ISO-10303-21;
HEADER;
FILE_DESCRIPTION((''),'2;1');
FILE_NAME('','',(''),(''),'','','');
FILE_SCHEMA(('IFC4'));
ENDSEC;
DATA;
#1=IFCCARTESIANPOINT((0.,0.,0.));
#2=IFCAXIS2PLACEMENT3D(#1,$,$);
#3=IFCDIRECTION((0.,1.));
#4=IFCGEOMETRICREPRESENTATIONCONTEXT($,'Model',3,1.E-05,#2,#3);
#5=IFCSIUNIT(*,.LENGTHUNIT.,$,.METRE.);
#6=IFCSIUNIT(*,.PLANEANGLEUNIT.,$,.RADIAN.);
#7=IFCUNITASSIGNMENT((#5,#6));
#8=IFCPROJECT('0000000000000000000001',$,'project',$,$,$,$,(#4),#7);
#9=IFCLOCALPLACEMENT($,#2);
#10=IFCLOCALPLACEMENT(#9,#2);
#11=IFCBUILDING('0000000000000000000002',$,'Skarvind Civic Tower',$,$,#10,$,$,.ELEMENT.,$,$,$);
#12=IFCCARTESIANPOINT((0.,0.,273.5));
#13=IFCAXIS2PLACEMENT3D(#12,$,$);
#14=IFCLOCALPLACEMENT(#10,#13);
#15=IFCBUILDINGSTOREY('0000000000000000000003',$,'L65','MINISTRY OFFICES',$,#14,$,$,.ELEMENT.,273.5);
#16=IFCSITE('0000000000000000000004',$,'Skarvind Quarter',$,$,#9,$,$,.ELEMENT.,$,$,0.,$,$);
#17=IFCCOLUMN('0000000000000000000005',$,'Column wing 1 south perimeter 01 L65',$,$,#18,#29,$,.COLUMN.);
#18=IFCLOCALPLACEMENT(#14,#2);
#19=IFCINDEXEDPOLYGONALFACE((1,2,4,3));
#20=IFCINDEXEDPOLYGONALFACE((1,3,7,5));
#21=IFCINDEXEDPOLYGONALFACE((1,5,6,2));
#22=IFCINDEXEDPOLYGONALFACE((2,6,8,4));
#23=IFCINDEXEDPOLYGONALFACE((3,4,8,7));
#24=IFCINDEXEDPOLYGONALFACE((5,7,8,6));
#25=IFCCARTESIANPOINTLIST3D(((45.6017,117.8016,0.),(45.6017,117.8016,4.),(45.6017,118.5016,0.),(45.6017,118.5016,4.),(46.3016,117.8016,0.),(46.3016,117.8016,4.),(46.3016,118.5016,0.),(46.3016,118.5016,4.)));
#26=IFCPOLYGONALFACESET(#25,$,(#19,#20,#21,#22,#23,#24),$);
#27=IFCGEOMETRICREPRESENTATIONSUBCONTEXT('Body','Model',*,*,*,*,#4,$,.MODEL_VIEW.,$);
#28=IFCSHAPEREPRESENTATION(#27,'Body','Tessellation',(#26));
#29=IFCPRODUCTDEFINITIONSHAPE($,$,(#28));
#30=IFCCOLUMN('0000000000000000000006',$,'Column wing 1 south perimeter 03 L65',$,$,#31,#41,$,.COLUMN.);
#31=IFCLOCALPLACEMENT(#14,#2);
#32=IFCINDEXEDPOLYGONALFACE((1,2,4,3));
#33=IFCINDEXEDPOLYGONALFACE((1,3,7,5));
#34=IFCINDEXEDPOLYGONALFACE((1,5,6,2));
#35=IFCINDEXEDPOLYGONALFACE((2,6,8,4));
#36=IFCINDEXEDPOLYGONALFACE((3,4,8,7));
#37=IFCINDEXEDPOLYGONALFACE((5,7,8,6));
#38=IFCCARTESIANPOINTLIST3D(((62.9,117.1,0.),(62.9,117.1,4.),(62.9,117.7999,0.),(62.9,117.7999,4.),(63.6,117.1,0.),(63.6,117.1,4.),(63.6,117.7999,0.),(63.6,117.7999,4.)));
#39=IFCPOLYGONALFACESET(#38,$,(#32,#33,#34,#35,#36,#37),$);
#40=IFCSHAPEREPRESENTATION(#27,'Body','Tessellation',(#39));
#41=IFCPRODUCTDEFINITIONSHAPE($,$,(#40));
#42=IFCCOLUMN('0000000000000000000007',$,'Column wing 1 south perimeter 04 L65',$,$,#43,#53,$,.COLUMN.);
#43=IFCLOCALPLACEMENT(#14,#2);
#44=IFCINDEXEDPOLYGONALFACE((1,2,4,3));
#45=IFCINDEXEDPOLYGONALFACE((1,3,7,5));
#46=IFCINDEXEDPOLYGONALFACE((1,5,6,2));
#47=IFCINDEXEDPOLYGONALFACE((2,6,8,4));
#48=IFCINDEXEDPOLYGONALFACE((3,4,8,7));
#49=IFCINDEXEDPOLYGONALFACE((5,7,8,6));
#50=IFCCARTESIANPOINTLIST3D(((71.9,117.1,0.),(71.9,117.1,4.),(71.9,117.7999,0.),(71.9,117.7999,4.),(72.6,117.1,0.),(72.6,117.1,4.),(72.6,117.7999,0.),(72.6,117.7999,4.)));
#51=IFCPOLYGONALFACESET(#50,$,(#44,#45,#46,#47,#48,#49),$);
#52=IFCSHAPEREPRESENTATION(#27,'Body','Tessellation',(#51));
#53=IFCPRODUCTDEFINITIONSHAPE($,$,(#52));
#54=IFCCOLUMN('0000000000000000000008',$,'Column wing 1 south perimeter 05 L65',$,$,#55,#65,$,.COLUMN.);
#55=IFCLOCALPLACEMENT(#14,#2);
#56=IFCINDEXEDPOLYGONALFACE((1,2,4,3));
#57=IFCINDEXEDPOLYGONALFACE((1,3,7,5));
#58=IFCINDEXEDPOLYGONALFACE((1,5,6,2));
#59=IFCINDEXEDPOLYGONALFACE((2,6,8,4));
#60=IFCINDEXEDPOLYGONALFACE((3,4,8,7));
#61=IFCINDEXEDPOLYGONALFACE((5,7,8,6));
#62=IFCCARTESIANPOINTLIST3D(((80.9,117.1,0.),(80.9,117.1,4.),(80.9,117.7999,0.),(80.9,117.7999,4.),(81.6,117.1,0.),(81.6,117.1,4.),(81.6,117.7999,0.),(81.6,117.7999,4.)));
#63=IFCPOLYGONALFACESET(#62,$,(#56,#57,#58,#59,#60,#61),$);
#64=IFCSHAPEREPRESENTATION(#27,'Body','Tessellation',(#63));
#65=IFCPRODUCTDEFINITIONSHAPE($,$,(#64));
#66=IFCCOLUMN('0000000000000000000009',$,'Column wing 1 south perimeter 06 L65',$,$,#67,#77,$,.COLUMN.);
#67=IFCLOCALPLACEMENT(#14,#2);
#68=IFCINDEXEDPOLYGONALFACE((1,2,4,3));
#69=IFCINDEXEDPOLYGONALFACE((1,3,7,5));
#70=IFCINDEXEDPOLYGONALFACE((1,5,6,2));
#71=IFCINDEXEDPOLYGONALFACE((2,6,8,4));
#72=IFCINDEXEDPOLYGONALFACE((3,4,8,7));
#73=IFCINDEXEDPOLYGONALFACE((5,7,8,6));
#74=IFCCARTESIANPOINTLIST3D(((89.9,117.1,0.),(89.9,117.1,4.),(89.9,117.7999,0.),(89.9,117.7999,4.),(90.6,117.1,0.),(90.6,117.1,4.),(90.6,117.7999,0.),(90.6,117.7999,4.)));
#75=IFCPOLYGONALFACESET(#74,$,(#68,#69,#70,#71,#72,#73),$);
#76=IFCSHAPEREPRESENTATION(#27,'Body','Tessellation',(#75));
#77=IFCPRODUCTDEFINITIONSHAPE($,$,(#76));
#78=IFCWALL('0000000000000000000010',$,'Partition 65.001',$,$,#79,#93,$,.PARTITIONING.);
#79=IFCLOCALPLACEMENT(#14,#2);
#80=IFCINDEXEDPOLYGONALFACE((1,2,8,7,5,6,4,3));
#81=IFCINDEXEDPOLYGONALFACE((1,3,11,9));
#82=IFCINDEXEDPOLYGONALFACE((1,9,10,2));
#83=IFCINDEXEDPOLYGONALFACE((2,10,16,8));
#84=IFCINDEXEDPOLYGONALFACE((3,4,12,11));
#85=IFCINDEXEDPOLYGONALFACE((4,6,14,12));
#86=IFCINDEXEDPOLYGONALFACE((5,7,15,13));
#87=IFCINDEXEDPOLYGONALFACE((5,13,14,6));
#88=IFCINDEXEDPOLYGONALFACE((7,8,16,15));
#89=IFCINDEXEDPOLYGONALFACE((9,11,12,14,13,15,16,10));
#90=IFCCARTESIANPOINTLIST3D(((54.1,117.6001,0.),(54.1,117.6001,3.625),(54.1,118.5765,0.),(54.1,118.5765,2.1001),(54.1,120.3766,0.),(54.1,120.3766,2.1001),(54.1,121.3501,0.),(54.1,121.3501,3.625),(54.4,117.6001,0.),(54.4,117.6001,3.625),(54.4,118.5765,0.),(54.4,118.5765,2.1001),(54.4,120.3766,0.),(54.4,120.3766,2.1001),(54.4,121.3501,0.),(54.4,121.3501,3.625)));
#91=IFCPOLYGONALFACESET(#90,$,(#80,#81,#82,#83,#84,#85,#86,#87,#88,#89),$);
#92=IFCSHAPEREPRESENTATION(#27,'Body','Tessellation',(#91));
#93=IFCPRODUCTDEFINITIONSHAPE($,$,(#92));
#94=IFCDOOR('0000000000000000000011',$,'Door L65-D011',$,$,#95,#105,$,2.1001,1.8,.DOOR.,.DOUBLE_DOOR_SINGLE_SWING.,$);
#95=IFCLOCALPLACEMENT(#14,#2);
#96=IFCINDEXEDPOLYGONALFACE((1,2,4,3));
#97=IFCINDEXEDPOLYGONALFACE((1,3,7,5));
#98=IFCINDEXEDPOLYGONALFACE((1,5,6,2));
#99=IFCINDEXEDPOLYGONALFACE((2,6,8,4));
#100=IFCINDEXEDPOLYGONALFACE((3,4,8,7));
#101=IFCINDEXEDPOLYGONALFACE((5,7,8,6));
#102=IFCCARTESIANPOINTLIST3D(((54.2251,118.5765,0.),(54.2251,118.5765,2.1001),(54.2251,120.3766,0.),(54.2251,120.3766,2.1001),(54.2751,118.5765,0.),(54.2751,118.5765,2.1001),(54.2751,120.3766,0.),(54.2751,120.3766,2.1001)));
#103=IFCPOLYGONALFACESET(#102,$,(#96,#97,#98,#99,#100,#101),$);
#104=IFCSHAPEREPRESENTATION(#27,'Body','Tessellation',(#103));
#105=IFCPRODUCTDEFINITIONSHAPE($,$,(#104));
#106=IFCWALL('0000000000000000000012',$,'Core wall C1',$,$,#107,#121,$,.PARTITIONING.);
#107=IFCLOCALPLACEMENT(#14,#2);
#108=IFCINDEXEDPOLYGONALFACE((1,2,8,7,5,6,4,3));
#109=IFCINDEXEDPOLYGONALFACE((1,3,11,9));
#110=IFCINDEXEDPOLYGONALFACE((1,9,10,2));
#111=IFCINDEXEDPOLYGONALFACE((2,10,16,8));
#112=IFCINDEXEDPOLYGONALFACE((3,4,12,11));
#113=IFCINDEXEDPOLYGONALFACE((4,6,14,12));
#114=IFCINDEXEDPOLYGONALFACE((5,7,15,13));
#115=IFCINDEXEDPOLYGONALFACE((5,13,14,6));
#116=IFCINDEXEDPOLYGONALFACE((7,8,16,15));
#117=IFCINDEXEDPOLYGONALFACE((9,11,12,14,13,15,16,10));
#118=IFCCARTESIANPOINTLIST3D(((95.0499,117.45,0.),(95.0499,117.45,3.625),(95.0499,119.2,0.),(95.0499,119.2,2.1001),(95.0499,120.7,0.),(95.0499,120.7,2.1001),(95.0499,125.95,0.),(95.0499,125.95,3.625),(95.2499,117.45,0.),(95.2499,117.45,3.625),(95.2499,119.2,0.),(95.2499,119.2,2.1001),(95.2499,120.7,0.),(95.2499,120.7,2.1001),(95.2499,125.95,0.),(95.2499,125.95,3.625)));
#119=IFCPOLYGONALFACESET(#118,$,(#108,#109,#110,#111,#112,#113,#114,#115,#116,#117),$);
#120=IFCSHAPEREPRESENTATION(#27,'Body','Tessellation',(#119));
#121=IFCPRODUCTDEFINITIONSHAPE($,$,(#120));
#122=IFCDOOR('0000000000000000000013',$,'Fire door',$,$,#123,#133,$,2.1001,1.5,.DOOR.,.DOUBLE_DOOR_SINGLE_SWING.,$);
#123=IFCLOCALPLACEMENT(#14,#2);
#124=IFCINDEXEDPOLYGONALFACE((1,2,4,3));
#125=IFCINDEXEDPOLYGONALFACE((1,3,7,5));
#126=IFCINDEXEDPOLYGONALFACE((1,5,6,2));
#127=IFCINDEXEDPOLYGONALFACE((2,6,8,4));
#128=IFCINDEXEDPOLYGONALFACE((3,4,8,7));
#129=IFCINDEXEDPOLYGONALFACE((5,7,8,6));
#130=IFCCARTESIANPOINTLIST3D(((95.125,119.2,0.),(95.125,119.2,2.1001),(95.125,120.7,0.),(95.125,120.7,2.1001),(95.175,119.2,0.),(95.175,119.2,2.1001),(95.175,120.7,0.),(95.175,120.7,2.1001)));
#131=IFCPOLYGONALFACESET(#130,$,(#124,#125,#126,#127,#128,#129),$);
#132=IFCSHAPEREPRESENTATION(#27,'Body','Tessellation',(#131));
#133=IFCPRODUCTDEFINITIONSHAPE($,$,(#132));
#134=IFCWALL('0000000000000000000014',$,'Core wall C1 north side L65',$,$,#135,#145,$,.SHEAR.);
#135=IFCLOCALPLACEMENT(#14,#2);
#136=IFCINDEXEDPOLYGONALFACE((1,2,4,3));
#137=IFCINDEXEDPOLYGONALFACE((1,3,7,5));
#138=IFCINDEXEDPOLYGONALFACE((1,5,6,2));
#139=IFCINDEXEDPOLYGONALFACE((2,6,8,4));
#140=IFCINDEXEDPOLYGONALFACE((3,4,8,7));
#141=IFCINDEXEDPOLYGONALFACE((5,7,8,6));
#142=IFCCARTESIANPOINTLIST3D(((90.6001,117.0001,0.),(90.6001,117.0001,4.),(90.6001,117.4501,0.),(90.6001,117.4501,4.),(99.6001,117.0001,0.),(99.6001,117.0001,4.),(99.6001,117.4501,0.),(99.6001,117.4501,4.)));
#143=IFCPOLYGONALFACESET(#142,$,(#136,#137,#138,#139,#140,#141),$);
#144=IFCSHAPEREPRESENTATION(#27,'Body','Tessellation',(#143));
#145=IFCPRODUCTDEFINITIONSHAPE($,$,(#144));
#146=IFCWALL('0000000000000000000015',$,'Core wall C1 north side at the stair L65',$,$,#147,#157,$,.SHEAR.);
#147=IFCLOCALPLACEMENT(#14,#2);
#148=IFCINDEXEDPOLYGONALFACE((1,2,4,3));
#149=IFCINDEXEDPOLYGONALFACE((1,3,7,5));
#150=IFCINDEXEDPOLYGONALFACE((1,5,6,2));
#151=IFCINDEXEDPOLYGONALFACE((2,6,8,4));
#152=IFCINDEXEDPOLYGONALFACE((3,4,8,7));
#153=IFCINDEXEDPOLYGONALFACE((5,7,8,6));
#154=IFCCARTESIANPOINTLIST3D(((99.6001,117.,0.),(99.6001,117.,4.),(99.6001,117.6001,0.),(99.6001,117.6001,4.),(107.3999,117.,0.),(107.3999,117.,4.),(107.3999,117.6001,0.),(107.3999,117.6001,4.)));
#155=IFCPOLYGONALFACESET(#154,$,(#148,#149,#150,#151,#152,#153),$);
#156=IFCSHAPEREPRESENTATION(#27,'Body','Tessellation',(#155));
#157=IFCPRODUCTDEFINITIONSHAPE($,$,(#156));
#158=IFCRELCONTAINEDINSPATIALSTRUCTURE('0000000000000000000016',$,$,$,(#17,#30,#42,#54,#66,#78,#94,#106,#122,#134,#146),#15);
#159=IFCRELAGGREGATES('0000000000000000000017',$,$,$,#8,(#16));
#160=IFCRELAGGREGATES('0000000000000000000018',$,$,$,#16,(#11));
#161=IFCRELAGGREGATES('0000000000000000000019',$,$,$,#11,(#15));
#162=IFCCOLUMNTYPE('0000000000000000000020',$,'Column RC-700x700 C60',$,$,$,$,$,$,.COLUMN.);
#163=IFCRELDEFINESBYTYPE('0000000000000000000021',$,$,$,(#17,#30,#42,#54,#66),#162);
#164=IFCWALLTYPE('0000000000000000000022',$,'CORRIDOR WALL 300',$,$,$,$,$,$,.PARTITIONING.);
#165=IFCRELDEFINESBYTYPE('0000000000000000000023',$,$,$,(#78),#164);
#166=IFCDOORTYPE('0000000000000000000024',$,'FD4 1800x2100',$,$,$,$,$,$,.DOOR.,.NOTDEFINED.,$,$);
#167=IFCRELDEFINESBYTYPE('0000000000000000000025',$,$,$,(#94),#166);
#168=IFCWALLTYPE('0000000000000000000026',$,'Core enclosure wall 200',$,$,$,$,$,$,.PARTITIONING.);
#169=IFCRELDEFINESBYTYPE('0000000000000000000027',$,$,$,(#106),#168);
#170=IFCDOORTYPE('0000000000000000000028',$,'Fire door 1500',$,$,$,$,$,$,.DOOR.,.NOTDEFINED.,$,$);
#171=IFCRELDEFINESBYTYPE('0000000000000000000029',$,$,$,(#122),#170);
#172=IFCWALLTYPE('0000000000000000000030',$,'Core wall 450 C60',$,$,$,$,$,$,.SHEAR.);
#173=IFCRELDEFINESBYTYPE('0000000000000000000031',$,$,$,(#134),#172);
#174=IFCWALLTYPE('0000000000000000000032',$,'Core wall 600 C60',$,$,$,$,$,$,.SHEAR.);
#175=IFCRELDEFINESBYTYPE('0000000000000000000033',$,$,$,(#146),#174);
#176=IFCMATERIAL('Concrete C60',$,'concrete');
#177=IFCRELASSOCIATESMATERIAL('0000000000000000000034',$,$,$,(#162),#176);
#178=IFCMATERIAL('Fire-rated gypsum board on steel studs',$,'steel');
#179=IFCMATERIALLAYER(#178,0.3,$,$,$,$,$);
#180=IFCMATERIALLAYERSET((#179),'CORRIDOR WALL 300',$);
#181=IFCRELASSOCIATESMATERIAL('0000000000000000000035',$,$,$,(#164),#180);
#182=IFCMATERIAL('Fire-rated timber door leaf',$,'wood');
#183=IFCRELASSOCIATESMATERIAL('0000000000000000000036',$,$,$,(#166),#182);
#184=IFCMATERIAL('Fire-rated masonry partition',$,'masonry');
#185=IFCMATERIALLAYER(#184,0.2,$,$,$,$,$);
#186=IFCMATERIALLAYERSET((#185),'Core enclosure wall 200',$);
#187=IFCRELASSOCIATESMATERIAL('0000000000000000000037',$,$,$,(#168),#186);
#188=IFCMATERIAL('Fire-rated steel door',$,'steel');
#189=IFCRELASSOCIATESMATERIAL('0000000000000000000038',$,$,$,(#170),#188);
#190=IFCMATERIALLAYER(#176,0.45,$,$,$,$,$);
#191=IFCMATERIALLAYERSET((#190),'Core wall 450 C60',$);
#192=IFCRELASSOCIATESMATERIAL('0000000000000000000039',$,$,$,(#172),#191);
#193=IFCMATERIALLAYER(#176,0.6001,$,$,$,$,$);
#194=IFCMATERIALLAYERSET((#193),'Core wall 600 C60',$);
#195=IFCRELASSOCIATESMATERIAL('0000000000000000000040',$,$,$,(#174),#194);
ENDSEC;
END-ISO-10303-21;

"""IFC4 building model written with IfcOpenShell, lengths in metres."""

from ifc_helpers import new_model, si_unit, direction, frame, frame_2d, origin, origin_2d, place, context, subcontext, project, spatial, rectangle, extrude, material, layer, layer_set, material_profile, profile_set, type_object, element, fill, save


model = new_model("IFC4")

# Units and contexts
model_context = context("Model", 3, precision=1e-05, world=origin(), true_north=direction((0.0, 1.0)))
body_context = subcontext(model_context, "Body", "Model", "MODEL_VIEW")
ifc_project = project(units=[si_unit("LENGTHUNIT", "METRE"), si_unit("PLANEANGLEUNIT", "RADIAN")], contexts=[model_context])

# Site, building, storey
site_placement = place(None, origin())
site = spatial("IfcSite", under=ifc_project, at=site_placement, Name="Skarvind Quarter", CompositionType="ELEMENT", RefElevation=0.0)
building_placement = place(site_placement, origin())
building = spatial("IfcBuilding", under=site, at=building_placement, Name="Skarvind Civic Tower", CompositionType="ELEMENT")
storey_placement = place(building_placement, frame((0.0, 0.0, 273.5)))
storey = spatial("IfcBuildingStorey", under=building, at=storey_placement, Name="L65", Description="MINISTRY OFFICES", CompositionType="ELEMENT", Elevation=273.5)

# Columns
ifc_material_1 = material(Name="Concrete C60", Category="concrete")
ifc_material_profile_1 = material_profile(ifc_material_1, rectangle(XDim=0.7, YDim=0.7, at=origin_2d()), Name="RC-700x700")
ifc_profile_set_1 = profile_set([ifc_material_profile_1], Name="Concrete C60")
column_type = type_object("IfcColumnType", Name="Column RC-700x700 C60", PredefinedType="COLUMN", material=ifc_profile_set_1)
for number, where, z_axis, x_axis, name in (
    (1, (45.9517, 118.1516, 0.0), (0.0, 0.0, 1.0), (1.0, 0.0, 0.0), "Column wing 1 south perimeter 01 L65"),
    (2, (63.25, 117.45, 0.0), (0.0, 0.0, 1.0), (1.0, 0.0, 0.0), "Column wing 1 south perimeter 03 L65"),
    (3, (72.25, 117.45, 0.0), (0.0, 0.0, 1.0), (1.0, 0.0, 0.0), "Column wing 1 south perimeter 04 L65"),
    (4, (81.25, 117.45, 0.0), (0.0, 0.0, 1.0), (1.0, 0.0, 0.0), "Column wing 1 south perimeter 05 L65"),
    (5, (90.25, 117.45, 0.0), (0.0, 0.0, 1.0), (1.0, 0.0, 0.0), "Column wing 1 south perimeter 06 L65"),
):
    element("IfcColumn", number, at=place(storey_placement, frame(where, z_axis=z_axis, x_axis=x_axis)), inside=storey, type_object=column_type, Name=name, PredefinedType="COLUMN", context=body_context, shape_type="SweptSolid", body=[
        extrude(rectangle(XDim=0.7, YDim=0.7, at=origin_2d()), origin(), (0.0, 0.0, 1.0), 4.0),
    ])

# Walls, openings, doors
ifc_material_2 = material(Name="Fire-rated gypsum board on steel studs", Category="steel")
ifc_layer_1 = layer(ifc_material_2, 0.3)
ifc_layer_set_1 = layer_set([ifc_layer_1], Name="CORRIDOR WALL 300")
wall_type_1 = type_object("IfcWallType", Name="CORRIDOR WALL 300", PredefinedType="PARTITIONING", material=ifc_layer_set_1)
wall_1_placement = place(storey_placement, frame((54.25, 117.6001, 0.0), z_axis=(0.0, 0.0, 1.0), x_axis=(0.0, 1.0, 0.0)))
wall_1 = element("IfcWall", 6, at=wall_1_placement, inside=storey, type_object=wall_type_1, Name="Partition 65.001", PredefinedType="PARTITIONING", context=body_context, shape_type="SweptSolid", body=[
    extrude(rectangle(XDim=3.75, YDim=0.3, at=frame_2d((1.875, 0.0))), origin(), (0.0, 0.0, 1.0), 3.625),
])
opening_1_placement = place(wall_1_placement, frame((0.9766, 0.0, 0.0)))
opening_1 = element("IfcOpeningElement", 7, at=opening_1_placement, cuts=wall_1, PredefinedType="OPENING", context=body_context, shape_type="SweptSolid", body=[
    extrude(rectangle(XDim=1.8, YDim=2.1001, at=frame_2d((0.8999, 1.05))), frame((0.0, 0.1599, 0.0), z_axis=(0.0, -1.0, 0.0), x_axis=(1.0, 0.0, 0.0)), (0.0, 0.0, 1.0), 0.3201),
])
ifc_material_3 = material(Name="Fire-rated timber door leaf", Category="wood")
door_type_1 = type_object("IfcDoorType", Name="FD4 1800x2100", OperationType="NOTDEFINED", PredefinedType="DOOR", material=ifc_material_3)
door_1_placement = place(opening_1_placement, origin())
door_1 = element("IfcDoor", 8, at=door_1_placement, inside=storey, type_object=door_type_1, Name="Door L65-D011", OperationType="DOUBLE_DOOR_SINGLE_SWING", OverallHeight=2.1001, OverallWidth=1.8, PredefinedType="DOOR", context=body_context, shape_type="SweptSolid", body=[
    extrude(rectangle(XDim=1.8, YDim=2.1001, at=frame_2d((0.8999, 1.05))), frame((0.0, 0.0249, 0.0), z_axis=(0.0, -1.0, 0.0), x_axis=(1.0, 0.0, 0.0)), (0.0, 0.0, 1.0), 0.05),
])
fill(opening_1, door_1)
ifc_material_4 = material(Name="Fire-rated masonry partition", Category="masonry")
ifc_layer_2 = layer(ifc_material_4, 0.2)
ifc_layer_set_2 = layer_set([ifc_layer_2], Name="Core enclosure wall 200")
wall_type_2 = type_object("IfcWallType", Name="Core enclosure wall 200", PredefinedType="PARTITIONING", material=ifc_layer_set_2)
wall_2_placement = place(storey_placement, frame((95.1499, 117.45, 0.0), z_axis=(0.0, 0.0, 1.0), x_axis=(0.0, 1.0, 0.0)))
wall_2 = element("IfcWall", 9, at=wall_2_placement, inside=storey, type_object=wall_type_2, Name="Core wall C1", PredefinedType="PARTITIONING", context=body_context, shape_type="SweptSolid", body=[
    extrude(rectangle(XDim=8.5, YDim=0.2, at=frame_2d((4.25, 0.0))), origin(), (0.0, 0.0, 1.0), 3.625),
])
opening_2_placement = place(wall_2_placement, frame((1.75, 0.0, 0.0)))
opening_2 = element("IfcOpeningElement", 10, at=opening_2_placement, cuts=wall_2, PredefinedType="OPENING", context=body_context, shape_type="SweptSolid", body=[
    extrude(rectangle(XDim=1.5, YDim=2.1001, at=frame_2d((0.75, 1.05))), frame((0.0, 0.1099, 0.0), z_axis=(0.0, -1.0, 0.0), x_axis=(1.0, 0.0, 0.0)), (0.0, 0.0, 1.0), 0.22),
])
ifc_material_5 = material(Name="Fire-rated steel door", Category="steel")
door_type_2 = type_object("IfcDoorType", Name="Fire door 1500", OperationType="NOTDEFINED", PredefinedType="DOOR", material=ifc_material_5)
door_2_placement = place(opening_2_placement, origin())
door_2 = element("IfcDoor", 11, at=door_2_placement, inside=storey, type_object=door_type_2, Name="Fire door", OperationType="DOUBLE_DOOR_SINGLE_SWING", OverallHeight=2.1001, OverallWidth=1.5, PredefinedType="DOOR", context=body_context, shape_type="SweptSolid", body=[
    extrude(rectangle(XDim=1.5, YDim=2.1001, at=frame_2d((0.75, 1.05))), frame((0.0, 0.0249, 0.0), z_axis=(0.0, -1.0, 0.0), x_axis=(1.0, 0.0, 0.0)), (0.0, 0.0, 1.0), 0.05),
])
fill(opening_2, door_2)

# Walls
ifc_layer_3 = layer(ifc_material_1, 0.45)
ifc_layer_set_3 = layer_set([ifc_layer_3], Name="Core wall 450 C60")
wall_type_3 = type_object("IfcWallType", Name="Core wall 450 C60", PredefinedType="SHEAR", material=ifc_layer_set_3)
wall_3_placement = place(storey_placement, frame((99.6001, 117.2251, 0.0), z_axis=(0.0, 0.0, 1.0), x_axis=(-1.0, 0.0, 0.0)))
element("IfcWall", 12, at=wall_3_placement, inside=storey, type_object=wall_type_3, Name="Core wall C1 north side L65", PredefinedType="SHEAR", context=body_context, shape_type="SweptSolid", body=[
    extrude(rectangle(XDim=9.0, YDim=0.45, at=frame_2d((4.5, 0.0))), origin(), (0.0, 0.0, 1.0), 4.0),
])
ifc_layer_4 = layer(ifc_material_1, 0.6001)
ifc_layer_set_4 = layer_set([ifc_layer_4], Name="Core wall 600 C60")
wall_type_4 = type_object("IfcWallType", Name="Core wall 600 C60", PredefinedType="SHEAR", material=ifc_layer_set_4)
wall_4_placement = place(storey_placement, frame((107.3999, 117.3, 0.0), z_axis=(0.0, 0.0, 1.0), x_axis=(-1.0, 0.0, 0.0)))
element("IfcWall", 13, at=wall_4_placement, inside=storey, type_object=wall_type_4, Name="Core wall C1 north side at the stair L65", PredefinedType="SHEAR", context=body_context, shape_type="SweptSolid", body=[
    extrude(rectangle(XDim=7.7998, YDim=0.6001, at=frame_2d((3.8999, 0.0))), origin(), (0.0, 0.0, 1.0), 4.0),
])

save(model, "model.ifc")
